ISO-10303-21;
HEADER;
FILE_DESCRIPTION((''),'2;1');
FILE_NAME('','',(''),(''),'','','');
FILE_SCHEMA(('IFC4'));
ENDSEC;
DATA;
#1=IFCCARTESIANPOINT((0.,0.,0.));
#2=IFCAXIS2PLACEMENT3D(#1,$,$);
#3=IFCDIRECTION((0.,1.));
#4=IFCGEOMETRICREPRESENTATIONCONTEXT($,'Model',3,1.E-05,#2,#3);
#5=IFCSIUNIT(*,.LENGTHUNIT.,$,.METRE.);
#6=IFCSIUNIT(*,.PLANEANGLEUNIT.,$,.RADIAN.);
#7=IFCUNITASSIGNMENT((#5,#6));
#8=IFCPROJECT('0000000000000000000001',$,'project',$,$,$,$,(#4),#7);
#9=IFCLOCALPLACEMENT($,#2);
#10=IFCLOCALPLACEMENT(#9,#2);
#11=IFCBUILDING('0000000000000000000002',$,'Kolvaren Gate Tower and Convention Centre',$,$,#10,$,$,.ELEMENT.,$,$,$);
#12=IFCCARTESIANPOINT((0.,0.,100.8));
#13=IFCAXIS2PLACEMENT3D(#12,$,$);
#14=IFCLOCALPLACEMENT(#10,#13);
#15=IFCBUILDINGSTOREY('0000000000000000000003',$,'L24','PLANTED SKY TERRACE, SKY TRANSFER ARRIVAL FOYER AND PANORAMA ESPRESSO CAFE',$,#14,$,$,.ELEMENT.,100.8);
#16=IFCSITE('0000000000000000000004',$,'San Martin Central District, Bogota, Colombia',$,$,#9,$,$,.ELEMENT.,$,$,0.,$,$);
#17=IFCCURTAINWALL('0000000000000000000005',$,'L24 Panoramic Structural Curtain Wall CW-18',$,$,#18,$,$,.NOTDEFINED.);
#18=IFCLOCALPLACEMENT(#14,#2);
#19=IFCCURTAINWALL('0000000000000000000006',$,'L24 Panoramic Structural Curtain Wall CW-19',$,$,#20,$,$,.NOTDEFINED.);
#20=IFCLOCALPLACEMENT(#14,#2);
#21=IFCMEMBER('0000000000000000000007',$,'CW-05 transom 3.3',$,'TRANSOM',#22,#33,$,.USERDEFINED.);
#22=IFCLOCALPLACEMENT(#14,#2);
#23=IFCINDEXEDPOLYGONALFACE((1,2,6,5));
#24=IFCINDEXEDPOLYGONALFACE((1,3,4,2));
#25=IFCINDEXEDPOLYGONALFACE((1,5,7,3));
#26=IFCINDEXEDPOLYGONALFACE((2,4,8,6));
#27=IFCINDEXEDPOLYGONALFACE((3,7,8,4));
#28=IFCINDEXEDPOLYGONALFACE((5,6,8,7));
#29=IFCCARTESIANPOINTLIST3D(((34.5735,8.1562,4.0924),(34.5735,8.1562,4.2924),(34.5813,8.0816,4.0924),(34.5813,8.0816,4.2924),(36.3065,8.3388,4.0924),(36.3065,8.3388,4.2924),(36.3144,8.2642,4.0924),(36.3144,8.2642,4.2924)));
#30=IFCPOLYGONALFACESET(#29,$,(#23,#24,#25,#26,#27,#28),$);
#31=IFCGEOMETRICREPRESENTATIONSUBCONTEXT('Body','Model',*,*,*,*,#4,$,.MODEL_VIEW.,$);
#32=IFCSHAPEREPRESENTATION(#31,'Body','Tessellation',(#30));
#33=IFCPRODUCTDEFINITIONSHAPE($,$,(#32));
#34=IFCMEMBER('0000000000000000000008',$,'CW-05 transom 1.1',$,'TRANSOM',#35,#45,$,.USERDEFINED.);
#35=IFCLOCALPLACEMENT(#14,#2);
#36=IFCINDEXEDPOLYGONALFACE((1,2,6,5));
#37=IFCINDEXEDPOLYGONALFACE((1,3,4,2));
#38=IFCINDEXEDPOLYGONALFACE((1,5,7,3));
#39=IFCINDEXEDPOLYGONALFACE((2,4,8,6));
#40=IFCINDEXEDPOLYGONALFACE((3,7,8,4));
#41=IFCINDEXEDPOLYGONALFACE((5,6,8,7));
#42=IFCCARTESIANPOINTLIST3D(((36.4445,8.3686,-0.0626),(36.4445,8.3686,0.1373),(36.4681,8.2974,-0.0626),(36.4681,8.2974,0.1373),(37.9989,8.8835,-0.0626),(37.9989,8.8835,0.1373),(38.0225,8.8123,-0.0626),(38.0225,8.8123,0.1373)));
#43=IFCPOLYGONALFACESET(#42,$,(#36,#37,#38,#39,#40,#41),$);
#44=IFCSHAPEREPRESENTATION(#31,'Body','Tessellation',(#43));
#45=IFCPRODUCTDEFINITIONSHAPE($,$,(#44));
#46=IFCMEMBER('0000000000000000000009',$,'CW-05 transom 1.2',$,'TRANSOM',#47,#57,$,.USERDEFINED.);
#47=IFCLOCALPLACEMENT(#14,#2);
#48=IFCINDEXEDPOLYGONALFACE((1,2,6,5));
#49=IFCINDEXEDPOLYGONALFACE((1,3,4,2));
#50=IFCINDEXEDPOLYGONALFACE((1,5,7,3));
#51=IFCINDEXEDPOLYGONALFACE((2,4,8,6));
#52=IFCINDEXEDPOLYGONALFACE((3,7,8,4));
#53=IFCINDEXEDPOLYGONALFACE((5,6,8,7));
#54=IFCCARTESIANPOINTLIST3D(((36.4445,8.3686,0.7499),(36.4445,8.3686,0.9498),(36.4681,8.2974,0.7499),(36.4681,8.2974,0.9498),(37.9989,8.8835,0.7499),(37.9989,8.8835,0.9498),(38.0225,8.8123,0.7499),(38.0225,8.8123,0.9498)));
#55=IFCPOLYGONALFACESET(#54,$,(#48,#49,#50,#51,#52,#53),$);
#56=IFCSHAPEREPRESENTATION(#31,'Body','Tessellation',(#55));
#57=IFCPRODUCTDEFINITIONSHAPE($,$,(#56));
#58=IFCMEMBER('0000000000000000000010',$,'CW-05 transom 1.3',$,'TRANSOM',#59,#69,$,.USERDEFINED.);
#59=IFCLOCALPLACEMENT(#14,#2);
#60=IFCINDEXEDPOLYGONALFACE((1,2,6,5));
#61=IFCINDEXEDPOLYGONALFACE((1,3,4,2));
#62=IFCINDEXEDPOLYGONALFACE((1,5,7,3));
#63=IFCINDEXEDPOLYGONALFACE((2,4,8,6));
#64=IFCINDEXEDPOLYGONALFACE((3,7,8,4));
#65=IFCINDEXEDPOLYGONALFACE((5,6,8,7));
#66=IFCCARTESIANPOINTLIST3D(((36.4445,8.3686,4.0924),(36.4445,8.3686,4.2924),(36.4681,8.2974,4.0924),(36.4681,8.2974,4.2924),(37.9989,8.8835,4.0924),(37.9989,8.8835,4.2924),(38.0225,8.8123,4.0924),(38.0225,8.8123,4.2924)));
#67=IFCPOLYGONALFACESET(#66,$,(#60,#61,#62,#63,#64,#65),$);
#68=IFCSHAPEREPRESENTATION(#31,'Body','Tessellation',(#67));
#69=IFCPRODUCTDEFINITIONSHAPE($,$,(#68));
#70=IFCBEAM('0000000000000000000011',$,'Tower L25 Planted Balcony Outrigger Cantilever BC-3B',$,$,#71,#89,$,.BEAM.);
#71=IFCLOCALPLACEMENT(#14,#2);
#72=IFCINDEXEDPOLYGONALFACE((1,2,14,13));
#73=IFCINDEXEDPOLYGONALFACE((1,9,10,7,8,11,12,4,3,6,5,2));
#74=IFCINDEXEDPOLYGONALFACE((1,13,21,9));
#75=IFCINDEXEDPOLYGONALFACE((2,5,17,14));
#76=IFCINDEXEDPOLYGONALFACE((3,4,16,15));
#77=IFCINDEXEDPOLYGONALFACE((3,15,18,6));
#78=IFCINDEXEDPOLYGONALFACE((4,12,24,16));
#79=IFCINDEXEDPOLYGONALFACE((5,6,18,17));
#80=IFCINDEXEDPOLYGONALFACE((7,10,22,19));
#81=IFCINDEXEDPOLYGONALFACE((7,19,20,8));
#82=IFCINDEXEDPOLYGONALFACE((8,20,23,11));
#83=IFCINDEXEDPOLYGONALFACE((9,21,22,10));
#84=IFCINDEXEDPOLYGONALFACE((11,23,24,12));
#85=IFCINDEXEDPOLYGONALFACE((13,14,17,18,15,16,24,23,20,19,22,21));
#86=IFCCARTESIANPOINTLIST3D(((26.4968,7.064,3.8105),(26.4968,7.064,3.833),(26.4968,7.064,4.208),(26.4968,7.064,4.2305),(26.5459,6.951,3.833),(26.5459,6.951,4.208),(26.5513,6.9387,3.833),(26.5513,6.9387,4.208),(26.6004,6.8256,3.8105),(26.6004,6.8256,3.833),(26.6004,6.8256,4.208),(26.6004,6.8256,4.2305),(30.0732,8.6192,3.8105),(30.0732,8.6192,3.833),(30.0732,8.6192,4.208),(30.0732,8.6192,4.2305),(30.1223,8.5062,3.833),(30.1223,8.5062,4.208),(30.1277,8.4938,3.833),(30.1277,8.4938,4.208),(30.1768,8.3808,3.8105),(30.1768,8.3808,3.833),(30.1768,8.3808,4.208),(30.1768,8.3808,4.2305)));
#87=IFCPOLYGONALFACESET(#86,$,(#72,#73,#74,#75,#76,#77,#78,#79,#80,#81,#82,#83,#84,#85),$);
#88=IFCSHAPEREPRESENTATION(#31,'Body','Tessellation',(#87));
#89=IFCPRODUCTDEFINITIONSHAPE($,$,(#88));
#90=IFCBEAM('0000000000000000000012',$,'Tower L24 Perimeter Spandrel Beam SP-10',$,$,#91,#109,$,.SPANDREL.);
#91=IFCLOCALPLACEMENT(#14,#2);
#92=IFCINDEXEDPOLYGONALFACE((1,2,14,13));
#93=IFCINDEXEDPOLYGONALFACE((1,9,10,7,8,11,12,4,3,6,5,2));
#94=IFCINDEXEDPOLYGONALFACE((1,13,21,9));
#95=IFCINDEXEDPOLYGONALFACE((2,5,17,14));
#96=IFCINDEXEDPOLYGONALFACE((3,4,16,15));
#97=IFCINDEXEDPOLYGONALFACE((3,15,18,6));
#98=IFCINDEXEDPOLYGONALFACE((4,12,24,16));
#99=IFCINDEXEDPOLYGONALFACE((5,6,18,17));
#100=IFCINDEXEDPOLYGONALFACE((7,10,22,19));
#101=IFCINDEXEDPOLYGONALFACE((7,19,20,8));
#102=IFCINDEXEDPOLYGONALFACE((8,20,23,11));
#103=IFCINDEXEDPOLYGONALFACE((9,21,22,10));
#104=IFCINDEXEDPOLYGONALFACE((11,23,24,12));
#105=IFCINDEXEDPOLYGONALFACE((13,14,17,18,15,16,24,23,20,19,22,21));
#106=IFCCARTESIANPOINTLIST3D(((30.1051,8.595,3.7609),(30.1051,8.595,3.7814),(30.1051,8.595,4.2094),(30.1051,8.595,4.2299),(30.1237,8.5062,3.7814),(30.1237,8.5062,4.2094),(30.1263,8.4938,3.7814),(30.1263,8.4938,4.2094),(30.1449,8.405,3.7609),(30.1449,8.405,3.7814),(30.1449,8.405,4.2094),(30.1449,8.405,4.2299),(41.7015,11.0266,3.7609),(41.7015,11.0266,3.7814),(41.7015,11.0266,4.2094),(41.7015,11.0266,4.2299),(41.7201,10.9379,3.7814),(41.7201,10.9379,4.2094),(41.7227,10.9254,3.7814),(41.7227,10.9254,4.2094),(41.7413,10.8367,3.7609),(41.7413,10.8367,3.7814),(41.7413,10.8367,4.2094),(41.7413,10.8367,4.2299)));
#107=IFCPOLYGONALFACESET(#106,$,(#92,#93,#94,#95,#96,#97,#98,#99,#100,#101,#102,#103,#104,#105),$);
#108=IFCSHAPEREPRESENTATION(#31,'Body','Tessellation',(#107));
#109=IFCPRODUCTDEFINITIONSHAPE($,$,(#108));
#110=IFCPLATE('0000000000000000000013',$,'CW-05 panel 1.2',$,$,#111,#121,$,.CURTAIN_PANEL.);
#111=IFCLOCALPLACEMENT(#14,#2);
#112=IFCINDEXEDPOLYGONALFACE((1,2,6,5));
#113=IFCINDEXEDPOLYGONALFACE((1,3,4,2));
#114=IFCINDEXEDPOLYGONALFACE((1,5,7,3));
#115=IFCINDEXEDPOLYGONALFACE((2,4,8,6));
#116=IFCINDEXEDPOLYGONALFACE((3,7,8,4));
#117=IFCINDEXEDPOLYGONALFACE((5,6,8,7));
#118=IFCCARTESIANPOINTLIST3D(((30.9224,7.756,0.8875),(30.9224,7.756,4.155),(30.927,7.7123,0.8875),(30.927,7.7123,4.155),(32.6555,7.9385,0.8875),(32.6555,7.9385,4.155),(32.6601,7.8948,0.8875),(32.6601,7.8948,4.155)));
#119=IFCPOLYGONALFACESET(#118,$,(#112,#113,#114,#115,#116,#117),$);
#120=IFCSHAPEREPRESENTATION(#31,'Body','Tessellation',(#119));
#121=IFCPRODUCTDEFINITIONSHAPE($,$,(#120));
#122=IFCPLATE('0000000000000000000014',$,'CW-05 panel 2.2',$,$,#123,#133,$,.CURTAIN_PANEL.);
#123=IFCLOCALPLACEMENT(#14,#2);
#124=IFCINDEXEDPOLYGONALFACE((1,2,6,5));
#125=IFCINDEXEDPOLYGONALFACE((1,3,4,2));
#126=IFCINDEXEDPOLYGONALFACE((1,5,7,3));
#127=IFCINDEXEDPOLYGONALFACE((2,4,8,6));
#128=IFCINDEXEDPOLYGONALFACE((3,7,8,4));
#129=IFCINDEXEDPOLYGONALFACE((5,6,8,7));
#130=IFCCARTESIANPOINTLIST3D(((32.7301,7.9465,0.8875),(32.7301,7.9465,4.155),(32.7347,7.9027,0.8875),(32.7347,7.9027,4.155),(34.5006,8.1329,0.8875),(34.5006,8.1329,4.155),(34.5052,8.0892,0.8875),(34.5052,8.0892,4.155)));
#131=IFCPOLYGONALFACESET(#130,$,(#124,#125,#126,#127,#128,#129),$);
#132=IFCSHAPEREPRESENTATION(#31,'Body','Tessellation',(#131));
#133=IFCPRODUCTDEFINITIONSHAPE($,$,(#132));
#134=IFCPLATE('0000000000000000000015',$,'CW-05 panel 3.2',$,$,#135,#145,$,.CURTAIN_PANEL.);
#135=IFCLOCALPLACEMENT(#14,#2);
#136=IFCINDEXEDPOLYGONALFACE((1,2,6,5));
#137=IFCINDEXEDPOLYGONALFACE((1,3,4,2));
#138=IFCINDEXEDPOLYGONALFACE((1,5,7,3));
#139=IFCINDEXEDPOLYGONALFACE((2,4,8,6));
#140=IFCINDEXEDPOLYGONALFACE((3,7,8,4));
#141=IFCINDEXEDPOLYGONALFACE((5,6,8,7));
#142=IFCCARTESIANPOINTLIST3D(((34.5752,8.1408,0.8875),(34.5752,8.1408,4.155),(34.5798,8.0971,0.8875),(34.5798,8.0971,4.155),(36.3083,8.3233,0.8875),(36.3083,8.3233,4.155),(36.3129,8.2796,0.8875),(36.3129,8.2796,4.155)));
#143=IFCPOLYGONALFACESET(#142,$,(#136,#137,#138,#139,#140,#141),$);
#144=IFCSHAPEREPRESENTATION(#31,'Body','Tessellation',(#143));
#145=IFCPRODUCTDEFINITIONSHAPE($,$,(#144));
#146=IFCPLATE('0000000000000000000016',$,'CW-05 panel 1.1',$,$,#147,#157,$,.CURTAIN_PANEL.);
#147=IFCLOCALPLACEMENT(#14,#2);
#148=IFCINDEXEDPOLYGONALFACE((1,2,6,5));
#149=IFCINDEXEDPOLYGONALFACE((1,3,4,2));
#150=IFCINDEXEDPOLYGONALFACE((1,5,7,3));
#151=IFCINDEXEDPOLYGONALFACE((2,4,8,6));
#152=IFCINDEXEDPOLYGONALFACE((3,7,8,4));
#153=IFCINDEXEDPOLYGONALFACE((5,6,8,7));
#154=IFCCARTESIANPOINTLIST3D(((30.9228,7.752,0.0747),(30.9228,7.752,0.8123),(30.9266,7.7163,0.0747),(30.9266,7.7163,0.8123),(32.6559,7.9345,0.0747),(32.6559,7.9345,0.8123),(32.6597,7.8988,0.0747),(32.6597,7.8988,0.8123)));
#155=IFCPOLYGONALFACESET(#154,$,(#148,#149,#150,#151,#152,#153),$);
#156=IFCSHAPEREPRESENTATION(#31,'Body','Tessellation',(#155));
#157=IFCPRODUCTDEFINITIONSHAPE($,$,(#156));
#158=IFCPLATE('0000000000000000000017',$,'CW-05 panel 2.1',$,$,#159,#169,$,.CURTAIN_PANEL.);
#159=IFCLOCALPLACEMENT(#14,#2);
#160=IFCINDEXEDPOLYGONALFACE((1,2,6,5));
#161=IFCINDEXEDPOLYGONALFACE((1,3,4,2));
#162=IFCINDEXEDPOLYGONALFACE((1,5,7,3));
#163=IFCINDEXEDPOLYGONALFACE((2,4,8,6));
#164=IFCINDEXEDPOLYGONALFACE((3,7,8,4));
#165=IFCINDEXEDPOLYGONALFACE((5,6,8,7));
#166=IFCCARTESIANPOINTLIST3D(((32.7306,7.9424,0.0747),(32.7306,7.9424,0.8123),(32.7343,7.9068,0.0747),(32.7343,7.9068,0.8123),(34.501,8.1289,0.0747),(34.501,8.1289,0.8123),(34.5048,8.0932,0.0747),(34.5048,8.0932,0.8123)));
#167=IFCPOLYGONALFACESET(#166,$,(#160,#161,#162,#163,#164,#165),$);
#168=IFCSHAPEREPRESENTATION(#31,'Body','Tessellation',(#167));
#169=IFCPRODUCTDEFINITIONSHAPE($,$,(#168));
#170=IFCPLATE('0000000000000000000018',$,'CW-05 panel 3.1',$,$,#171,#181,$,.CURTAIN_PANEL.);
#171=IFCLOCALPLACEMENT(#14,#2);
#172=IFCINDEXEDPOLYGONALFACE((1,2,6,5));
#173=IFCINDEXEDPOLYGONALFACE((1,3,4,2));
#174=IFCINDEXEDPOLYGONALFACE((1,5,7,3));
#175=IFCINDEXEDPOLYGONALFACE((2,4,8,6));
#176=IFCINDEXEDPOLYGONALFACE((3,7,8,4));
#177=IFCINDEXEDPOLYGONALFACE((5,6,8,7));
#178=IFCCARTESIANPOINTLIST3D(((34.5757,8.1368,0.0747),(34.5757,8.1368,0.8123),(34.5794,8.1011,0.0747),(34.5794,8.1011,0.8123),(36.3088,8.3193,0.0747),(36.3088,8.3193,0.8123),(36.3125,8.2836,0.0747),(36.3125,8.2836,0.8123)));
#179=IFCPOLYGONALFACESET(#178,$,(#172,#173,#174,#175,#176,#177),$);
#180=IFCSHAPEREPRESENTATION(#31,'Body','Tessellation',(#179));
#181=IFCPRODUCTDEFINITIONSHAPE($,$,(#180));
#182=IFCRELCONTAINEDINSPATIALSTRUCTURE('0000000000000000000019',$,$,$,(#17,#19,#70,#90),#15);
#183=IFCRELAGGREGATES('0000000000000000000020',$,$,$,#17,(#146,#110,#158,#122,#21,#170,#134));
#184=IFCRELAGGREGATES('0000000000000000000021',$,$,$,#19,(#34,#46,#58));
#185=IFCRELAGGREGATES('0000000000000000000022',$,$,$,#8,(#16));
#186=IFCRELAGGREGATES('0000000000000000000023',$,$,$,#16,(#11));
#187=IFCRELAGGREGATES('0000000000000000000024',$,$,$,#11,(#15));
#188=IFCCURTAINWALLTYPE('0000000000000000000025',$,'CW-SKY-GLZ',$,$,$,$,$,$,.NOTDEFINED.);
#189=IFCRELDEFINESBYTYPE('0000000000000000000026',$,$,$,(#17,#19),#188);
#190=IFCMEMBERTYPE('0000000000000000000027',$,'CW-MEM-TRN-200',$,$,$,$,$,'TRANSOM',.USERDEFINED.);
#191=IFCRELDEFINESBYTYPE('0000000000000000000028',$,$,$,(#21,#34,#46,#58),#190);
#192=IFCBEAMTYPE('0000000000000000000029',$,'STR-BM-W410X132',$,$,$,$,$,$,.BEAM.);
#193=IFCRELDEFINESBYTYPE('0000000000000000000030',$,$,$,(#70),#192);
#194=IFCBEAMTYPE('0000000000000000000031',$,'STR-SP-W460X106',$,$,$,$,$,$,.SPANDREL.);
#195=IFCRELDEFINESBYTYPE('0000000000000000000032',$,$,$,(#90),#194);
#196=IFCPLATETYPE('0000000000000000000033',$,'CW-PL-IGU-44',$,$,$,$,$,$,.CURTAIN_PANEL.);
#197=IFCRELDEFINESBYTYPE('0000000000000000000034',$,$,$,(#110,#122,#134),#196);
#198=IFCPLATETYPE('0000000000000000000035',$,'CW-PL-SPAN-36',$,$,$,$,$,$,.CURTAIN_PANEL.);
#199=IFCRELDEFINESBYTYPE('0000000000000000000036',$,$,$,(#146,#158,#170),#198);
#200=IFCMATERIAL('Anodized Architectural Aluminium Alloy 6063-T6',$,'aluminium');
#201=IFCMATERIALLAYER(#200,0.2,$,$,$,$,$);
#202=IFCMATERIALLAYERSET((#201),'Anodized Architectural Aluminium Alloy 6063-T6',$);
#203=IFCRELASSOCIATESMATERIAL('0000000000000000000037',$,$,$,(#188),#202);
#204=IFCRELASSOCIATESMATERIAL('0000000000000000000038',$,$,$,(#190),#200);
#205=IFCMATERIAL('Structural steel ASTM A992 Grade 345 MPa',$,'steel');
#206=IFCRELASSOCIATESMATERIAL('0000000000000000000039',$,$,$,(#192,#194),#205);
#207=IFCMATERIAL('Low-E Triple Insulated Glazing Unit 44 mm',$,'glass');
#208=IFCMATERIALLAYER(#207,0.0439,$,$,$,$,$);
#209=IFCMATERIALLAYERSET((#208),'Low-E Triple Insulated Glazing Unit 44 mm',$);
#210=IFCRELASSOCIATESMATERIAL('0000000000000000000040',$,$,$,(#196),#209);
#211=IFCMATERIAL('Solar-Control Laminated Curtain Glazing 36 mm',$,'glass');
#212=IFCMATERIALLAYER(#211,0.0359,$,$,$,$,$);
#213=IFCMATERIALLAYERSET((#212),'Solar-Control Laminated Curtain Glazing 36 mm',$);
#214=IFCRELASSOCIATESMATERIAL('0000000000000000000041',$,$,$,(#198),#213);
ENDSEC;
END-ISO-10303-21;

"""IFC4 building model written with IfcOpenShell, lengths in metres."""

from ifc_helpers import new_model, si_unit, direction, frame, origin, origin_2d, place, context, subcontext, project, spatial, rectangle, i_section, extrude, material, layer, layer_set, material_profile, profile_set, type_object, element, aggregate, save


model = new_model("IFC4")

# Units and contexts
model_context = context("Model", 3, precision=1e-05, world=origin(), true_north=direction((0.0, 1.0)))
body_context = subcontext(model_context, "Body", "Model", "MODEL_VIEW")
ifc_project = project(units=[si_unit("LENGTHUNIT", "METRE"), si_unit("PLANEANGLEUNIT", "RADIAN")], contexts=[model_context])

# Site, building, storey
site_placement = place(None, origin())
site = spatial("IfcSite", under=ifc_project, at=site_placement, Name="San Martin Central District, Bogota, Colombia", CompositionType="ELEMENT", RefElevation=0.0)
building_placement = place(site_placement, origin())
building = spatial("IfcBuilding", under=site, at=building_placement, Name="Kolvaren Gate Tower and Convention Centre", CompositionType="ELEMENT")
storey_placement = place(building_placement, frame((0.0, 0.0, 100.8)))
storey = spatial("IfcBuildingStorey", under=building, at=storey_placement, Name="L24", Description="PLANTED SKY TERRACE, SKY TRANSFER ARRIVAL FOYER AND PANORAMA ESPRESSO CAFE", CompositionType="ELEMENT", Elevation=100.8)

# Curtain wall
ifc_material_1 = material(Name="Anodized Architectural Aluminium Alloy 6063-T6", Category="aluminium")
ifc_layer_1 = layer(ifc_material_1, 0.2)
ifc_layer_set_1 = layer_set([ifc_layer_1], Name="Anodized Architectural Aluminium Alloy 6063-T6")
curtain_wall_type = type_object("IfcCurtainWallType", Name="CW-SKY-GLZ", PredefinedType="NOTDEFINED", material=ifc_layer_set_1)
curtain_wall_1_placement = place(storey_placement, origin())
curtain_wall_1 = element("IfcCurtainWall", 1, at=curtain_wall_1_placement, inside=storey, type_object=curtain_wall_type, Name="L24 Panoramic Structural Curtain Wall CW-18", PredefinedType="NOTDEFINED")

# Curtain wall
curtain_wall_2_placement = place(storey_placement, origin())
curtain_wall_2 = element("IfcCurtainWall", 2, at=curtain_wall_2_placement, inside=storey, type_object=curtain_wall_type, Name="L24 Panoramic Structural Curtain Wall CW-19", PredefinedType="NOTDEFINED")

# Members
ifc_material_profile_1 = material_profile(ifc_material_1, rectangle(XDim=0.075, YDim=0.2, at=origin_2d()), Name="CW-MEM-TRN-200")
ifc_profile_set_1 = profile_set([ifc_material_profile_1], Name="Anodized Architectural Aluminium Alloy 6063-T6")
member_type_1 = type_object("IfcMemberType", Name="CW-MEM-TRN-200", ElementType="TRANSOM", PredefinedType="USERDEFINED", material=ifc_profile_set_1)
member_1_placement = place(storey_placement, frame((34.5774, 8.1189, 4.1924), z_axis=(0.994495, 0.104787, 0.0), x_axis=(-0.104787, 0.994495, 0.0)))
member_1 = element("IfcMember", 3, at=member_1_placement, type_object=member_type_1, Name="CW-05 transom 3.3", ObjectType="TRANSOM", PredefinedType="USERDEFINED", context=body_context, shape_type="SweptSolid", body=[
    extrude(rectangle(XDim=0.075, YDim=0.2, at=origin_2d()), origin(), (0.0, 0.0, 1.0), 1.7427),
])
member_2_placement = place(storey_placement, frame((36.4563, 8.333, 0.0374), z_axis=(0.949278, 0.314438, 0.0), x_axis=(-0.314438, 0.949278, 0.0)))
member_2 = element("IfcMember", 4, at=member_2_placement, type_object=member_type_1, Name="CW-05 transom 1.1", ObjectType="TRANSOM", PredefinedType="USERDEFINED", context=body_context, shape_type="SweptSolid", body=[
    extrude(rectangle(XDim=0.075, YDim=0.2, at=origin_2d()), origin(), (0.0, 0.0, 1.0), 1.6375),
])
member_3_placement = place(storey_placement, frame((36.4563, 8.333, 0.8499), z_axis=(0.949278, 0.314438, 0.0), x_axis=(-0.314438, 0.949278, 0.0)))
member_3 = element("IfcMember", 5, at=member_3_placement, type_object=member_type_1, Name="CW-05 transom 1.2", ObjectType="TRANSOM", PredefinedType="USERDEFINED", context=body_context, shape_type="SweptSolid", body=[
    extrude(rectangle(XDim=0.075, YDim=0.2, at=origin_2d()), origin(), (0.0, 0.0, 1.0), 1.6375),
])
member_4_placement = place(storey_placement, frame((36.4563, 8.333, 4.1924), z_axis=(0.949278, 0.314438, 0.0), x_axis=(-0.314438, 0.949278, 0.0)))
member_4 = element("IfcMember", 6, at=member_4_placement, type_object=member_type_1, Name="CW-05 transom 1.3", ObjectType="TRANSOM", PredefinedType="USERDEFINED", context=body_context, shape_type="SweptSolid", body=[
    extrude(rectangle(XDim=0.075, YDim=0.2, at=origin_2d()), origin(), (0.0, 0.0, 1.0), 1.6375),
])

# Beams
ifc_material_2 = material(Name="Structural steel ASTM A992 Grade 345 MPa", Category="steel")
ifc_material_profile_2 = material_profile(ifc_material_2, i_section(OverallWidth=0.26, OverallDepth=0.4199, WebThickness=0.0134, FlangeThickness=0.0225, at=origin_2d()), Name="W410X132")
ifc_profile_set_2 = profile_set([ifc_material_profile_2], Name="Structural steel ASTM A992 Grade 345 MPa")
beam_type_1 = type_object("IfcBeamType", Name="STR-BM-W410X132", PredefinedType="BEAM", material=ifc_profile_set_2)
beam_1_placement = place(storey_placement, frame((30.125, 8.5, 4.0205), z_axis=(-0.91705, -0.398772, 0.0), x_axis=(0.398772, -0.91705, 0.0)))
element("IfcBeam", 7, at=beam_1_placement, inside=storey, type_object=beam_type_1, Name="Tower L25 Planted Balcony Outrigger Cantilever BC-3B", PredefinedType="BEAM", context=body_context, shape_type="SweptSolid", body=[
    extrude(i_section(OverallWidth=0.26, OverallDepth=0.4199, WebThickness=0.0134, FlangeThickness=0.0225, at=origin_2d()), origin(), (0.0, 0.0, 1.0), 3.8999),
])
ifc_material_profile_3 = material_profile(ifc_material_2, i_section(OverallWidth=0.1941, OverallDepth=0.469, WebThickness=0.0127, FlangeThickness=0.0205, at=origin_2d()), Name="W460X106")
ifc_profile_set_3 = profile_set([ifc_material_profile_3], Name="Structural steel ASTM A992 Grade 345 MPa")
beam_type_2 = type_object("IfcBeamType", Name="STR-SP-W460X106", PredefinedType="SPANDREL", material=ifc_profile_set_3)
beam_2_placement = place(storey_placement, frame((30.125, 8.5, 3.9954), z_axis=(0.978715, 0.205225, 0.0), x_axis=(-0.205225, 0.978715, 0.0)))
element("IfcBeam", 8, at=beam_2_placement, inside=storey, type_object=beam_type_2, Name="Tower L24 Perimeter Spandrel Beam SP-10", PredefinedType="SPANDREL", context=body_context, shape_type="SweptSolid", body=[
    extrude(i_section(OverallWidth=0.1941, OverallDepth=0.469, WebThickness=0.0127, FlangeThickness=0.0205, at=origin_2d()), origin(), (0.0, 0.0, 1.0), 11.8486),
])

# Plates
ifc_material_3 = material(Name="Low-E Triple Insulated Glazing Unit 44 mm", Category="glass")
ifc_layer_2 = layer(ifc_material_3, 0.0439)
ifc_layer_set_2 = layer_set([ifc_layer_2], Name="Low-E Triple Insulated Glazing Unit 44 mm")
plate_type_1 = type_object("IfcPlateType", Name="CW-PL-IGU-44", PredefinedType="CURTAIN_PANEL", material=ifc_layer_set_2)
plate_1_placement = place(storey_placement, frame((31.7913, 7.8254, 0.8875), z_axis=(0.0, 0.0, 1.0), x_axis=(0.994501, 0.104729, 0.0)))
plate_1 = element("IfcPlate", 9, at=plate_1_placement, type_object=plate_type_1, Name="CW-05 panel 1.2", PredefinedType="CURTAIN_PANEL", context=body_context, shape_type="SweptSolid", body=[
    extrude(rectangle(XDim=1.7427, YDim=0.0439, at=origin_2d()), origin(), (0.0, 0.0, 1.0), 3.2676),
])
plate_2_placement = place(storey_placement, frame((33.6177, 8.0178, 0.8875), z_axis=(0.0, 0.0, 1.0), x_axis=(0.994501, 0.104729, 0.0)))
plate_2 = element("IfcPlate", 10, at=plate_2_placement, type_object=plate_type_1, Name="CW-05 panel 2.2", PredefinedType="CURTAIN_PANEL", context=body_context, shape_type="SweptSolid", body=[
    extrude(rectangle(XDim=1.7803, YDim=0.0439, at=origin_2d()), origin(), (0.0, 0.0, 1.0), 3.2676),
])
plate_3_placement = place(storey_placement, frame((35.4441, 8.2102, 0.8875), z_axis=(0.0, 0.0, 1.0), x_axis=(0.994501, 0.104729, 0.0)))
plate_3 = element("IfcPlate", 11, at=plate_3_placement, type_object=plate_type_1, Name="CW-05 panel 3.2", PredefinedType="CURTAIN_PANEL", context=body_context, shape_type="SweptSolid", body=[
    extrude(rectangle(XDim=1.7427, YDim=0.0439, at=origin_2d()), origin(), (0.0, 0.0, 1.0), 3.2676),
])
ifc_material_4 = material(Name="Solar-Control Laminated Curtain Glazing 36 mm", Category="glass")
ifc_layer_3 = layer(ifc_material_4, 0.0359)
ifc_layer_set_3 = layer_set([ifc_layer_3], Name="Solar-Control Laminated Curtain Glazing 36 mm")
plate_type_2 = type_object("IfcPlateType", Name="CW-PL-SPAN-36", PredefinedType="CURTAIN_PANEL", material=ifc_layer_set_3)
plate_4_placement = place(storey_placement, frame((31.7913, 7.8254, 0.0747), z_axis=(0.0, 0.0, 1.0), x_axis=(0.994501, 0.104729, 0.0)))
plate_4 = element("IfcPlate", 12, at=plate_4_placement, type_object=plate_type_2, Name="CW-05 panel 1.1", PredefinedType="CURTAIN_PANEL", context=body_context, shape_type="SweptSolid", body=[
    extrude(rectangle(XDim=1.7427, YDim=0.0359, at=origin_2d()), origin(), (0.0, 0.0, 1.0), 0.7375),
])
plate_5_placement = place(storey_placement, frame((33.6177, 8.0178, 0.0747), z_axis=(0.0, 0.0, 1.0), x_axis=(0.994501, 0.104729, 0.0)))
plate_5 = element("IfcPlate", 13, at=plate_5_placement, type_object=plate_type_2, Name="CW-05 panel 2.1", PredefinedType="CURTAIN_PANEL", context=body_context, shape_type="SweptSolid", body=[
    extrude(rectangle(XDim=1.7803, YDim=0.0359, at=origin_2d()), origin(), (0.0, 0.0, 1.0), 0.7375),
])
plate_6_placement = place(storey_placement, frame((35.4441, 8.2102, 0.0747), z_axis=(0.0, 0.0, 1.0), x_axis=(0.994501, 0.104729, 0.0)))
plate_6 = element("IfcPlate", 14, at=plate_6_placement, type_object=plate_type_2, Name="CW-05 panel 3.1", PredefinedType="CURTAIN_PANEL", context=body_context, shape_type="SweptSolid", body=[
    extrude(rectangle(XDim=1.7427, YDim=0.0359, at=origin_2d()), origin(), (0.0, 0.0, 1.0), 0.7375),
])
aggregate(curtain_wall_1, [plate_4, plate_1, plate_5, plate_2, member_1, plate_6, plate_3])
aggregate(curtain_wall_2, [member_2, member_3, member_4])

save(model, "model.ifc")
